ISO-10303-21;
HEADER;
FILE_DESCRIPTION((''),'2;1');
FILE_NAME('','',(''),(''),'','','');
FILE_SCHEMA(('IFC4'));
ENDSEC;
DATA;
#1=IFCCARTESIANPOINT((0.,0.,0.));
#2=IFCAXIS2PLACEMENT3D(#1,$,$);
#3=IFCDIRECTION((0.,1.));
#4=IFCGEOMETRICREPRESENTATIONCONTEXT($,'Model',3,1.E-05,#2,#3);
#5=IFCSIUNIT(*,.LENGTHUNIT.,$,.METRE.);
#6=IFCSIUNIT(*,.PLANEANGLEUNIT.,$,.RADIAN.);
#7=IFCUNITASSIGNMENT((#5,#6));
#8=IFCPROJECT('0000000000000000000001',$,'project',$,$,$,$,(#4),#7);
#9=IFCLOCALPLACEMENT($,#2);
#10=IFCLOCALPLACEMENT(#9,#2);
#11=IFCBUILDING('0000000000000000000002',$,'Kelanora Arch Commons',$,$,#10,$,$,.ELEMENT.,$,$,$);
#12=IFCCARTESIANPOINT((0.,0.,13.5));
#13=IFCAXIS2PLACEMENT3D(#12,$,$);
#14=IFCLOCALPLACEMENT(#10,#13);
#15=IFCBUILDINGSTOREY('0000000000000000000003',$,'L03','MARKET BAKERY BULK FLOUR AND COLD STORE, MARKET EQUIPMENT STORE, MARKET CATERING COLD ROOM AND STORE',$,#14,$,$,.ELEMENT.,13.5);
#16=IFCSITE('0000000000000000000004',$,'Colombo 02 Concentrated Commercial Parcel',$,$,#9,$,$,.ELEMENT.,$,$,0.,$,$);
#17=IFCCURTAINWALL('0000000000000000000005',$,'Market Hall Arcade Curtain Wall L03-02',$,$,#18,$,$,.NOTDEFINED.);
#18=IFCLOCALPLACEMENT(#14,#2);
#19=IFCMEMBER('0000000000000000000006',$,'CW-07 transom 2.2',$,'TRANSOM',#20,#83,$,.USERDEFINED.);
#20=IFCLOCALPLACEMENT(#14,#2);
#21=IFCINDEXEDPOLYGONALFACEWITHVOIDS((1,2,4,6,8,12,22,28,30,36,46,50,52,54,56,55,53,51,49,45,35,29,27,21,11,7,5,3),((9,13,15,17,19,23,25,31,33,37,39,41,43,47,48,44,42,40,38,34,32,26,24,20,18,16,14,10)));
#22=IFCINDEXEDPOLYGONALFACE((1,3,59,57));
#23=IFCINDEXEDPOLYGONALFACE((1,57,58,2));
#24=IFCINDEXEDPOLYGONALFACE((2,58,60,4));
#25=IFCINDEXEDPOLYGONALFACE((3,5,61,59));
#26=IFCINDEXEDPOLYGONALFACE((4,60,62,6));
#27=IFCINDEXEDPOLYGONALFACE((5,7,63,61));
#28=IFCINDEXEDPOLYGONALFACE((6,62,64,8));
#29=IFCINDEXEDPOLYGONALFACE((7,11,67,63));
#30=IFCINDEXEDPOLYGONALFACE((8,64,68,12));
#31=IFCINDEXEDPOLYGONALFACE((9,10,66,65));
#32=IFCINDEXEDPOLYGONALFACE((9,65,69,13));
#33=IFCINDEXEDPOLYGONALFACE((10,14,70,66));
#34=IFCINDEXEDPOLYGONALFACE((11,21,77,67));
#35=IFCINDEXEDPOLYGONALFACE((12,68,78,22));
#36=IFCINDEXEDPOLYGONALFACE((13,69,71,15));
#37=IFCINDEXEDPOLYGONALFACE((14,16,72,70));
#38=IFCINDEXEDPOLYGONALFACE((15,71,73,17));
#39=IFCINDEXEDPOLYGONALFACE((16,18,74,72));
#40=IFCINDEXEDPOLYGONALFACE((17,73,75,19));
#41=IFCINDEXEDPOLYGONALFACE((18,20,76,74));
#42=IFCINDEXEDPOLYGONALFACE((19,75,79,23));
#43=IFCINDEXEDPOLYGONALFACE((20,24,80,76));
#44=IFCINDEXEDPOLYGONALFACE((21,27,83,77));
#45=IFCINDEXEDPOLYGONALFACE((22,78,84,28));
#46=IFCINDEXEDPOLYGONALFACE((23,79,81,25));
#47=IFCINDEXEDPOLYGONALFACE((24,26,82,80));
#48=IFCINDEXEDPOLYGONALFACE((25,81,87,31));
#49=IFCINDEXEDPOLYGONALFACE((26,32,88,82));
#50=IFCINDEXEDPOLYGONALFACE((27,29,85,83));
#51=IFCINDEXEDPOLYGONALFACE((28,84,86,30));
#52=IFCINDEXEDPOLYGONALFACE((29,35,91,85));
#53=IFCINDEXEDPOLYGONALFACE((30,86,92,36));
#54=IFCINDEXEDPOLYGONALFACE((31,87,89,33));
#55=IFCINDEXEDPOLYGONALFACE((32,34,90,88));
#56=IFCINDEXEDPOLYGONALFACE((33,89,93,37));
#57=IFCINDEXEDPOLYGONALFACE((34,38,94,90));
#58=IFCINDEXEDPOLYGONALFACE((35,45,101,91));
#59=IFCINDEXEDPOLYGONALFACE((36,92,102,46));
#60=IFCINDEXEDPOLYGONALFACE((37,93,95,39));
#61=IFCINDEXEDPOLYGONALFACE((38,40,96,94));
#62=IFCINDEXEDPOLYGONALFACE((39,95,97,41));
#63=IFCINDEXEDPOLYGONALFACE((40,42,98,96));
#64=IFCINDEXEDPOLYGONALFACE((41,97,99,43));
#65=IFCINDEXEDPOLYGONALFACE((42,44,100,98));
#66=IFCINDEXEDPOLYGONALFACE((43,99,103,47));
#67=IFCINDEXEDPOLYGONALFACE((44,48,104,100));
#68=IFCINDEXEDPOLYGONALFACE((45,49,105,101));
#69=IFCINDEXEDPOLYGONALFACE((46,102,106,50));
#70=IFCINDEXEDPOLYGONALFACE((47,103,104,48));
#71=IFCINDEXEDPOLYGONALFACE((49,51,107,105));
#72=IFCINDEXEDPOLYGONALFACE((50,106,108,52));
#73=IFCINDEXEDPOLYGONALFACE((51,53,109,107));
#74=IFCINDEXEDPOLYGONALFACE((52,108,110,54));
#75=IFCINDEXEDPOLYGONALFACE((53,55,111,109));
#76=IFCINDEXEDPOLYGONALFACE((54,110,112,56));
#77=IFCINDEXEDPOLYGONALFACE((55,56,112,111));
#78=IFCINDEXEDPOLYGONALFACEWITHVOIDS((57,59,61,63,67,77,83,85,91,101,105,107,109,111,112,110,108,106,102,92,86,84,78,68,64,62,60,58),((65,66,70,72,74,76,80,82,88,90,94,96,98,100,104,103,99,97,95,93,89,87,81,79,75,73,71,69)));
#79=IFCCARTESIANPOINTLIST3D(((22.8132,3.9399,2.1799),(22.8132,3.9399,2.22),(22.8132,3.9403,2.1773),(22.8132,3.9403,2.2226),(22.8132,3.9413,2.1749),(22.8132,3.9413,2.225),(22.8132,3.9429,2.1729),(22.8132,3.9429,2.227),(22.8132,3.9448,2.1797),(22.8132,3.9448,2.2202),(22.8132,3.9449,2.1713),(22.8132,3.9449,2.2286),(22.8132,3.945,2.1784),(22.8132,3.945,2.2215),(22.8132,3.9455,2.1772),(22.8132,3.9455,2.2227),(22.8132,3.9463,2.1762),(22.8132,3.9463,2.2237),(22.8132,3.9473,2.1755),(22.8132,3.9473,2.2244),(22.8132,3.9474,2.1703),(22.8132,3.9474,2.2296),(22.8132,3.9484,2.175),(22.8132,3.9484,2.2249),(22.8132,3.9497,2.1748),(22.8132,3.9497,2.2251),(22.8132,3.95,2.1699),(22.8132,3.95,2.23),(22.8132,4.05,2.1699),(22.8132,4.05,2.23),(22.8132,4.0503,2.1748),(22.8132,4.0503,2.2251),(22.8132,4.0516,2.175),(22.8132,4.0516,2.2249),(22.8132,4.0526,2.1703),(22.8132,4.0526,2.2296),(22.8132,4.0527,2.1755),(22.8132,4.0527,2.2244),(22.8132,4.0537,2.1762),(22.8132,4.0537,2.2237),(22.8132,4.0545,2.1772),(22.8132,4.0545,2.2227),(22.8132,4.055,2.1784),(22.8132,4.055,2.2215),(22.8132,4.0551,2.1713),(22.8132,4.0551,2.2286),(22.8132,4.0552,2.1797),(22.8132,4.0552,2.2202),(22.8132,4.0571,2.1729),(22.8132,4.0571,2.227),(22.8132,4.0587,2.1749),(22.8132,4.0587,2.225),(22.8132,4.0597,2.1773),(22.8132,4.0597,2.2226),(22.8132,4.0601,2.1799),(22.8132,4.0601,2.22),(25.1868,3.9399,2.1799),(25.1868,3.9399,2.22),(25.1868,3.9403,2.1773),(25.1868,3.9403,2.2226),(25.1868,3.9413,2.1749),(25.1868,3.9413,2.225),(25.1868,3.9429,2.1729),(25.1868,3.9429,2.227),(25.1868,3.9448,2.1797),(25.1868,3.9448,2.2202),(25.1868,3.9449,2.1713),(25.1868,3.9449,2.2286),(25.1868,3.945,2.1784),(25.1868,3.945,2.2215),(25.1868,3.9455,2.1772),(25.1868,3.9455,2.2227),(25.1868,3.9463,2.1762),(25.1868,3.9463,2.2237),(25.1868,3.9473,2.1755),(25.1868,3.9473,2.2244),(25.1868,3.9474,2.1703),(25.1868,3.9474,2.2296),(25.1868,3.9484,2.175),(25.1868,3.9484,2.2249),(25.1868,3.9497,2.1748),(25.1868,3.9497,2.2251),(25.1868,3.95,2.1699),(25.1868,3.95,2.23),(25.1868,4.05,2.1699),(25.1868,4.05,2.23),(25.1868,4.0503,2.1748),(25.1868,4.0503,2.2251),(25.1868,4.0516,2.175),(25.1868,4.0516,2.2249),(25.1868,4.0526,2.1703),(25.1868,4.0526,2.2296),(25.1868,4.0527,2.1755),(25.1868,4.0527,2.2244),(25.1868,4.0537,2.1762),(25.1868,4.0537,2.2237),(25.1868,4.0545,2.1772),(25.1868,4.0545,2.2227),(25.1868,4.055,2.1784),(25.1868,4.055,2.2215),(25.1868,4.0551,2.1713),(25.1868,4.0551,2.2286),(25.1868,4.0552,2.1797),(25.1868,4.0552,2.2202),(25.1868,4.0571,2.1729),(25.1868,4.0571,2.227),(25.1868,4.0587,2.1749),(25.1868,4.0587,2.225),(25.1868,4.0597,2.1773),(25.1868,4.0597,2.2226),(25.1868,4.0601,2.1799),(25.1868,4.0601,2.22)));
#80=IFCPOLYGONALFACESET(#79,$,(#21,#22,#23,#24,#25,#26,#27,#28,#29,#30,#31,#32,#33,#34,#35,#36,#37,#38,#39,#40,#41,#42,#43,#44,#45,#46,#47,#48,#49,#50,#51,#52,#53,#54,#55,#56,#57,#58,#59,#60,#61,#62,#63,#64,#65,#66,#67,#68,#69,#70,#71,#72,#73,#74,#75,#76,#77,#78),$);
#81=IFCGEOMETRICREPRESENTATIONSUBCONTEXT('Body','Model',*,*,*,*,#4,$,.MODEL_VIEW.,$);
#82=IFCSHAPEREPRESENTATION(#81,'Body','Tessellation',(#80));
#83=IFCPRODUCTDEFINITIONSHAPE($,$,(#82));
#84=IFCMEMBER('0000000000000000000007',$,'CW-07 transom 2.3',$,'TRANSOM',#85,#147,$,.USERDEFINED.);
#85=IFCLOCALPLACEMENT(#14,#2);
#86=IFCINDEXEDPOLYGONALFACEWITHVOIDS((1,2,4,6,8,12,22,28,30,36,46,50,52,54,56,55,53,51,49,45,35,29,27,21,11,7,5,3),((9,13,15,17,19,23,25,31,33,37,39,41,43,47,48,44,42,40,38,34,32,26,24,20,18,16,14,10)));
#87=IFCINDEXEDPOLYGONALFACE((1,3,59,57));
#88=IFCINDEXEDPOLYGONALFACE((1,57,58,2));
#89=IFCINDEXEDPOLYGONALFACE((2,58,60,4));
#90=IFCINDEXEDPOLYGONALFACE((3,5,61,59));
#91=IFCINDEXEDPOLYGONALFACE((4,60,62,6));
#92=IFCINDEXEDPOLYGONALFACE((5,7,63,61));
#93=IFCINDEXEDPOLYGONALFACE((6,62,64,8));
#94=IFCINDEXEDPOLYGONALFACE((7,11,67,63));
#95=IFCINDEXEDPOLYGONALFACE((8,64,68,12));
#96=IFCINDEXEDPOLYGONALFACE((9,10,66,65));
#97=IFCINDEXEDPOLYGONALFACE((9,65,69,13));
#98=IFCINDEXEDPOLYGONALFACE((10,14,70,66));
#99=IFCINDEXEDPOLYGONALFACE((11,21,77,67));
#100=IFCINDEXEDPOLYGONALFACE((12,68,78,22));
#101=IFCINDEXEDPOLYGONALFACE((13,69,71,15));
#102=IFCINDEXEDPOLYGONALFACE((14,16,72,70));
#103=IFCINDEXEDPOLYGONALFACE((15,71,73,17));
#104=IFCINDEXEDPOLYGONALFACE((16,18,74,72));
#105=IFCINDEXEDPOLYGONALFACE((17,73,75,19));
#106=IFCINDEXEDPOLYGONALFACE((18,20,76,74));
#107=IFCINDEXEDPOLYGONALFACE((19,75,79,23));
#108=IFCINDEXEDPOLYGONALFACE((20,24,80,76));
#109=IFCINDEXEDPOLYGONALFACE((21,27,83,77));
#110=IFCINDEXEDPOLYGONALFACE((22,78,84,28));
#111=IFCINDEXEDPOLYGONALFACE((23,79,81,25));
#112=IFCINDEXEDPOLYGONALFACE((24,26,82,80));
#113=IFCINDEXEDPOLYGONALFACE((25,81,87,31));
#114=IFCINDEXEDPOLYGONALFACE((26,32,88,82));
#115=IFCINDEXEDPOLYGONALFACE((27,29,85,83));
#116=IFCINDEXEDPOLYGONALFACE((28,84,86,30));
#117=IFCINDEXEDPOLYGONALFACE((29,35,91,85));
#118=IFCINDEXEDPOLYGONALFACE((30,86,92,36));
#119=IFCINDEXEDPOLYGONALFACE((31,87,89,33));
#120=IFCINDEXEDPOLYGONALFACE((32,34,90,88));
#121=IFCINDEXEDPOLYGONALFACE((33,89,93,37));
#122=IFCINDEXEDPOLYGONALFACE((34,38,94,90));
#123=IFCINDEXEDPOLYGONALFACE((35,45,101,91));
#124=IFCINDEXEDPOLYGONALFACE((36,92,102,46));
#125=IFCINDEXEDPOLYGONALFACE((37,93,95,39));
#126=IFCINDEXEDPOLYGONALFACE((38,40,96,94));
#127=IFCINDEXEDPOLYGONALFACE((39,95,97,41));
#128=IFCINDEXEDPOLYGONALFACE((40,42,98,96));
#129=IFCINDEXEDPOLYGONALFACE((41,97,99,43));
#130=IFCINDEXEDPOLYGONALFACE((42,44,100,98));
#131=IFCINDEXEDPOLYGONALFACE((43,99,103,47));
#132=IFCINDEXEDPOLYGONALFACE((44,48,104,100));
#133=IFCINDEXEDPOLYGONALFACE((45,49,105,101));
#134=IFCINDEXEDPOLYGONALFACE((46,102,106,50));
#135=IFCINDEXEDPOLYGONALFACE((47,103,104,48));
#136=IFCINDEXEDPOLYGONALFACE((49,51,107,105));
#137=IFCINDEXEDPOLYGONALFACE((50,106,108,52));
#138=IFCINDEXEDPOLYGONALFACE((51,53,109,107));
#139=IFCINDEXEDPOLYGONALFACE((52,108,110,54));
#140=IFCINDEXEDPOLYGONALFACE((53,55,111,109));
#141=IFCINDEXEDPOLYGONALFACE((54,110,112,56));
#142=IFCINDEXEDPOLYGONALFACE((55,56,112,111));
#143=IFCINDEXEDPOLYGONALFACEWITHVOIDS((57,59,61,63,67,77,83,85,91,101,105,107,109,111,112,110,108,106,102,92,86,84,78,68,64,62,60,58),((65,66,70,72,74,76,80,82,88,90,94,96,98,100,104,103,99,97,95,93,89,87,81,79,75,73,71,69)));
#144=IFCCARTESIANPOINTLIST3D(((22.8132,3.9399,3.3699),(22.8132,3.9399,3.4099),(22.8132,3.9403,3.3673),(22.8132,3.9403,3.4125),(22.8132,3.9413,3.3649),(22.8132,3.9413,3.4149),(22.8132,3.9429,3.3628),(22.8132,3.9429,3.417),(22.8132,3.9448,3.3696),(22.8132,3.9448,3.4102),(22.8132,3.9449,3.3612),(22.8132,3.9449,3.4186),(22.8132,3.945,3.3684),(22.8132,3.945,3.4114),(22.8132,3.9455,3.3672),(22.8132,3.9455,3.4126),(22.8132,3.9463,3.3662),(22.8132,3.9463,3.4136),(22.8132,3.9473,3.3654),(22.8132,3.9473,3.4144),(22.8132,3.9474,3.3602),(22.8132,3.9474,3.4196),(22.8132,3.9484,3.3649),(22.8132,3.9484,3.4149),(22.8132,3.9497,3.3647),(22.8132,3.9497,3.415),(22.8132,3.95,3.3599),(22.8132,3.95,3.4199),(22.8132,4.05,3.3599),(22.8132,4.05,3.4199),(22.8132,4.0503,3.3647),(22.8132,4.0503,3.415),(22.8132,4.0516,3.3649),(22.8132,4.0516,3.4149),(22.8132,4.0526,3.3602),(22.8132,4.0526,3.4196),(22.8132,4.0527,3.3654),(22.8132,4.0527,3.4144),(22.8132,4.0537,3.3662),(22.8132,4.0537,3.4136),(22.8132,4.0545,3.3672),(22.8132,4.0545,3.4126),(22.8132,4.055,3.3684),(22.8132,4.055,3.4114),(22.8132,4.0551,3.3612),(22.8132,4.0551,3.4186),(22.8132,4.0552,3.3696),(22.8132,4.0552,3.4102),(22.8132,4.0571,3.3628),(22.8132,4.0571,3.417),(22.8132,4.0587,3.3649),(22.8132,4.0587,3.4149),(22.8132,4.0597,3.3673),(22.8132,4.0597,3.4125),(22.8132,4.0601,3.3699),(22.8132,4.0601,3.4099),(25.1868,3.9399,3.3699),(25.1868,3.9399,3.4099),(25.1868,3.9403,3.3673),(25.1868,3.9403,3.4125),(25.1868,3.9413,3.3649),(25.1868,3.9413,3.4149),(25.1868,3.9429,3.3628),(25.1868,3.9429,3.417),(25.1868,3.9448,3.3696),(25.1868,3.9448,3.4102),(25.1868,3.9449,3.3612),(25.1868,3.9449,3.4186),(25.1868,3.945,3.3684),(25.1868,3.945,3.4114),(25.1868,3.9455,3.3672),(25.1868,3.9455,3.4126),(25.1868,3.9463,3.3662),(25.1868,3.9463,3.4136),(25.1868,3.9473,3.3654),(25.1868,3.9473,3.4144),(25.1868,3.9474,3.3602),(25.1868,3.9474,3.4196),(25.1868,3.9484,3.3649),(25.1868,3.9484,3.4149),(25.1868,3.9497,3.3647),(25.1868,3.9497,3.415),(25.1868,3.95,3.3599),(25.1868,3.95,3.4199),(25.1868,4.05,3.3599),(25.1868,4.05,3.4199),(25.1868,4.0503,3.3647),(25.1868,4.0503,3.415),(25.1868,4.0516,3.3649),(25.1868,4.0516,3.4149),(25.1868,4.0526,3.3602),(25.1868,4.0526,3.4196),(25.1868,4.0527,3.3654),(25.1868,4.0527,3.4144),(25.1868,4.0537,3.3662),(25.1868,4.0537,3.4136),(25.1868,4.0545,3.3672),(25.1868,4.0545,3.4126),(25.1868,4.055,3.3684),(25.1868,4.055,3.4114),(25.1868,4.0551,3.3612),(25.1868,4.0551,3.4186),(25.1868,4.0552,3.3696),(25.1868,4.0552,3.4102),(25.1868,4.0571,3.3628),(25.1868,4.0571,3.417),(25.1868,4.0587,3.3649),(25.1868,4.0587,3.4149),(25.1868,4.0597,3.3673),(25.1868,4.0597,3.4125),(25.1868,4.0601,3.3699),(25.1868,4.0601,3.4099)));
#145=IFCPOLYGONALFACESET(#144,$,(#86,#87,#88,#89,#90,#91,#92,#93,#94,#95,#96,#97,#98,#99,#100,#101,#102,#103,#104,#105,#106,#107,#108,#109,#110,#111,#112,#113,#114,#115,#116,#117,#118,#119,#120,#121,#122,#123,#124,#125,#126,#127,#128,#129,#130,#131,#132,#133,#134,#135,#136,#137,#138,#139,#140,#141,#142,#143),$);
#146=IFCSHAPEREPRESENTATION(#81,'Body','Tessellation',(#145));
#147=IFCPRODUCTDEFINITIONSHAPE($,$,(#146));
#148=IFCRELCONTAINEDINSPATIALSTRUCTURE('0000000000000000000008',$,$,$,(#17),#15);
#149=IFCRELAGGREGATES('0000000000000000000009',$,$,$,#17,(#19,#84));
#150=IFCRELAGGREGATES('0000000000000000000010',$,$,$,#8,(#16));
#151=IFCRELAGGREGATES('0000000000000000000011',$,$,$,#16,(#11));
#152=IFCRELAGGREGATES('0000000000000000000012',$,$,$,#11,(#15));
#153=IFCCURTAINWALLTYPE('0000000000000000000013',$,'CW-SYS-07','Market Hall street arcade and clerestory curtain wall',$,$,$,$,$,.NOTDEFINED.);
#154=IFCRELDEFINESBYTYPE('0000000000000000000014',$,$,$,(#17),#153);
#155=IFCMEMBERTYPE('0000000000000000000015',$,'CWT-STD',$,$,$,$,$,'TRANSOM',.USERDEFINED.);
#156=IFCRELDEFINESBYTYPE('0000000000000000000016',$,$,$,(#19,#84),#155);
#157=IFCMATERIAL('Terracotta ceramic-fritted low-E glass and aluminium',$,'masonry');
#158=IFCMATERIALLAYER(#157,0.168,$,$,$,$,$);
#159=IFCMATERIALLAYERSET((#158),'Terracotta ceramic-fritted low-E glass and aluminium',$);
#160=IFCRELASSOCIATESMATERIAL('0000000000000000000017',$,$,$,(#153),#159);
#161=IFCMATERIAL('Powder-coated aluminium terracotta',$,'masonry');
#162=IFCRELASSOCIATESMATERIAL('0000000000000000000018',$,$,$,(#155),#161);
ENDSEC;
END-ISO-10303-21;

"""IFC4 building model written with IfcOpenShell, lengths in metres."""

from ifc_helpers import new_model, si_unit, direction, frame, origin, origin_2d, place, context, subcontext, project, spatial, hollow_rectangle, extrude, material, layer, layer_set, material_profile, profile_set, type_object, element, aggregate, save


model = new_model("IFC4")

# Units and contexts
model_context = context("Model", 3, precision=1e-05, world=origin(), true_north=direction((0.0, 1.0)))
body_context = subcontext(model_context, "Body", "Model", "MODEL_VIEW")
ifc_project = project(units=[si_unit("LENGTHUNIT", "METRE"), si_unit("PLANEANGLEUNIT", "RADIAN")], contexts=[model_context])

# Site, building, storey
site_placement = place(None, origin())
site = spatial("IfcSite", under=ifc_project, at=site_placement, Name="Colombo 02 Concentrated Commercial Parcel", CompositionType="ELEMENT", RefElevation=0.0)
building_placement = place(site_placement, origin())
building = spatial("IfcBuilding", under=site, at=building_placement, Name="Kelanora Arch Commons", CompositionType="ELEMENT")
storey_placement = place(building_placement, frame((0.0, 0.0, 13.5)))
storey = spatial("IfcBuildingStorey", under=building, at=storey_placement, Name="L03", Description="MARKET BAKERY BULK FLOUR AND COLD STORE, MARKET EQUIPMENT STORE, MARKET CATERING COLD ROOM AND STORE", CompositionType="ELEMENT", Elevation=13.5)

# Curtain wall, members
ifc_material_1 = material(Name="Terracotta ceramic-fritted low-E glass and aluminium", Category="masonry")
ifc_layer_1 = layer(ifc_material_1, 0.168)
ifc_layer_set_1 = layer_set([ifc_layer_1], Name="Terracotta ceramic-fritted low-E glass and aluminium")
curtain_wall_type = type_object("IfcCurtainWallType", Name="CW-SYS-07", Description="Market Hall street arcade and clerestory curtain wall", PredefinedType="NOTDEFINED", material=ifc_layer_set_1)
curtain_wall_placement = place(storey_placement, origin())
curtain_wall = element("IfcCurtainWall", 1, at=curtain_wall_placement, inside=storey, type_object=curtain_wall_type, Name="Market Hall Arcade Curtain Wall L03-02", PredefinedType="NOTDEFINED")
ifc_material_2 = material(Name="Powder-coated aluminium terracotta", Category="masonry")
ifc_material_profile_1 = material_profile(ifc_material_2, hollow_rectangle(XDim=0.1201, YDim=0.0601, WallThickness=0.0049, InnerFilletRadius=0.0049, OuterFilletRadius=0.01, at=origin_2d()), Name="CWT120x60")
ifc_profile_set_1 = profile_set([ifc_material_profile_1], Name="Powder-coated aluminium terracotta")
member_type_1 = type_object("IfcMemberType", Name="CWT-STD", ElementType="TRANSOM", PredefinedType="USERDEFINED", material=ifc_profile_set_1)
member_1_placement = place(storey_placement, frame((22.8132, 4.0, 2.2), z_axis=(1.0, 0.0, 0.0), x_axis=(0.0, 1.0, 0.0)))
member_1 = element("IfcMember", 2, at=member_1_placement, type_object=member_type_1, Name="CW-07 transom 2.2", ObjectType="TRANSOM", PredefinedType="USERDEFINED", context=body_context, shape_type="SweptSolid", body=[
    extrude(hollow_rectangle(XDim=0.1201, YDim=0.0601, WallThickness=0.0049, InnerFilletRadius=0.0049, OuterFilletRadius=0.01, at=origin_2d()), origin(), (0.0, 0.0, 1.0), 2.3735),
])
member_2_placement = place(storey_placement, frame((22.8132, 4.0, 3.3899), z_axis=(1.0, 0.0, 0.0), x_axis=(0.0, 1.0, 0.0)))
member_2 = element("IfcMember", 3, at=member_2_placement, type_object=member_type_1, Name="CW-07 transom 2.3", ObjectType="TRANSOM", PredefinedType="USERDEFINED", context=body_context, shape_type="SweptSolid", body=[
    extrude(hollow_rectangle(XDim=0.1201, YDim=0.0601, WallThickness=0.0049, InnerFilletRadius=0.0049, OuterFilletRadius=0.01, at=origin_2d()), origin(), (0.0, 0.0, 1.0), 2.3735),
])
aggregate(curtain_wall, [member_1, member_2])

save(model, "model.ifc")
